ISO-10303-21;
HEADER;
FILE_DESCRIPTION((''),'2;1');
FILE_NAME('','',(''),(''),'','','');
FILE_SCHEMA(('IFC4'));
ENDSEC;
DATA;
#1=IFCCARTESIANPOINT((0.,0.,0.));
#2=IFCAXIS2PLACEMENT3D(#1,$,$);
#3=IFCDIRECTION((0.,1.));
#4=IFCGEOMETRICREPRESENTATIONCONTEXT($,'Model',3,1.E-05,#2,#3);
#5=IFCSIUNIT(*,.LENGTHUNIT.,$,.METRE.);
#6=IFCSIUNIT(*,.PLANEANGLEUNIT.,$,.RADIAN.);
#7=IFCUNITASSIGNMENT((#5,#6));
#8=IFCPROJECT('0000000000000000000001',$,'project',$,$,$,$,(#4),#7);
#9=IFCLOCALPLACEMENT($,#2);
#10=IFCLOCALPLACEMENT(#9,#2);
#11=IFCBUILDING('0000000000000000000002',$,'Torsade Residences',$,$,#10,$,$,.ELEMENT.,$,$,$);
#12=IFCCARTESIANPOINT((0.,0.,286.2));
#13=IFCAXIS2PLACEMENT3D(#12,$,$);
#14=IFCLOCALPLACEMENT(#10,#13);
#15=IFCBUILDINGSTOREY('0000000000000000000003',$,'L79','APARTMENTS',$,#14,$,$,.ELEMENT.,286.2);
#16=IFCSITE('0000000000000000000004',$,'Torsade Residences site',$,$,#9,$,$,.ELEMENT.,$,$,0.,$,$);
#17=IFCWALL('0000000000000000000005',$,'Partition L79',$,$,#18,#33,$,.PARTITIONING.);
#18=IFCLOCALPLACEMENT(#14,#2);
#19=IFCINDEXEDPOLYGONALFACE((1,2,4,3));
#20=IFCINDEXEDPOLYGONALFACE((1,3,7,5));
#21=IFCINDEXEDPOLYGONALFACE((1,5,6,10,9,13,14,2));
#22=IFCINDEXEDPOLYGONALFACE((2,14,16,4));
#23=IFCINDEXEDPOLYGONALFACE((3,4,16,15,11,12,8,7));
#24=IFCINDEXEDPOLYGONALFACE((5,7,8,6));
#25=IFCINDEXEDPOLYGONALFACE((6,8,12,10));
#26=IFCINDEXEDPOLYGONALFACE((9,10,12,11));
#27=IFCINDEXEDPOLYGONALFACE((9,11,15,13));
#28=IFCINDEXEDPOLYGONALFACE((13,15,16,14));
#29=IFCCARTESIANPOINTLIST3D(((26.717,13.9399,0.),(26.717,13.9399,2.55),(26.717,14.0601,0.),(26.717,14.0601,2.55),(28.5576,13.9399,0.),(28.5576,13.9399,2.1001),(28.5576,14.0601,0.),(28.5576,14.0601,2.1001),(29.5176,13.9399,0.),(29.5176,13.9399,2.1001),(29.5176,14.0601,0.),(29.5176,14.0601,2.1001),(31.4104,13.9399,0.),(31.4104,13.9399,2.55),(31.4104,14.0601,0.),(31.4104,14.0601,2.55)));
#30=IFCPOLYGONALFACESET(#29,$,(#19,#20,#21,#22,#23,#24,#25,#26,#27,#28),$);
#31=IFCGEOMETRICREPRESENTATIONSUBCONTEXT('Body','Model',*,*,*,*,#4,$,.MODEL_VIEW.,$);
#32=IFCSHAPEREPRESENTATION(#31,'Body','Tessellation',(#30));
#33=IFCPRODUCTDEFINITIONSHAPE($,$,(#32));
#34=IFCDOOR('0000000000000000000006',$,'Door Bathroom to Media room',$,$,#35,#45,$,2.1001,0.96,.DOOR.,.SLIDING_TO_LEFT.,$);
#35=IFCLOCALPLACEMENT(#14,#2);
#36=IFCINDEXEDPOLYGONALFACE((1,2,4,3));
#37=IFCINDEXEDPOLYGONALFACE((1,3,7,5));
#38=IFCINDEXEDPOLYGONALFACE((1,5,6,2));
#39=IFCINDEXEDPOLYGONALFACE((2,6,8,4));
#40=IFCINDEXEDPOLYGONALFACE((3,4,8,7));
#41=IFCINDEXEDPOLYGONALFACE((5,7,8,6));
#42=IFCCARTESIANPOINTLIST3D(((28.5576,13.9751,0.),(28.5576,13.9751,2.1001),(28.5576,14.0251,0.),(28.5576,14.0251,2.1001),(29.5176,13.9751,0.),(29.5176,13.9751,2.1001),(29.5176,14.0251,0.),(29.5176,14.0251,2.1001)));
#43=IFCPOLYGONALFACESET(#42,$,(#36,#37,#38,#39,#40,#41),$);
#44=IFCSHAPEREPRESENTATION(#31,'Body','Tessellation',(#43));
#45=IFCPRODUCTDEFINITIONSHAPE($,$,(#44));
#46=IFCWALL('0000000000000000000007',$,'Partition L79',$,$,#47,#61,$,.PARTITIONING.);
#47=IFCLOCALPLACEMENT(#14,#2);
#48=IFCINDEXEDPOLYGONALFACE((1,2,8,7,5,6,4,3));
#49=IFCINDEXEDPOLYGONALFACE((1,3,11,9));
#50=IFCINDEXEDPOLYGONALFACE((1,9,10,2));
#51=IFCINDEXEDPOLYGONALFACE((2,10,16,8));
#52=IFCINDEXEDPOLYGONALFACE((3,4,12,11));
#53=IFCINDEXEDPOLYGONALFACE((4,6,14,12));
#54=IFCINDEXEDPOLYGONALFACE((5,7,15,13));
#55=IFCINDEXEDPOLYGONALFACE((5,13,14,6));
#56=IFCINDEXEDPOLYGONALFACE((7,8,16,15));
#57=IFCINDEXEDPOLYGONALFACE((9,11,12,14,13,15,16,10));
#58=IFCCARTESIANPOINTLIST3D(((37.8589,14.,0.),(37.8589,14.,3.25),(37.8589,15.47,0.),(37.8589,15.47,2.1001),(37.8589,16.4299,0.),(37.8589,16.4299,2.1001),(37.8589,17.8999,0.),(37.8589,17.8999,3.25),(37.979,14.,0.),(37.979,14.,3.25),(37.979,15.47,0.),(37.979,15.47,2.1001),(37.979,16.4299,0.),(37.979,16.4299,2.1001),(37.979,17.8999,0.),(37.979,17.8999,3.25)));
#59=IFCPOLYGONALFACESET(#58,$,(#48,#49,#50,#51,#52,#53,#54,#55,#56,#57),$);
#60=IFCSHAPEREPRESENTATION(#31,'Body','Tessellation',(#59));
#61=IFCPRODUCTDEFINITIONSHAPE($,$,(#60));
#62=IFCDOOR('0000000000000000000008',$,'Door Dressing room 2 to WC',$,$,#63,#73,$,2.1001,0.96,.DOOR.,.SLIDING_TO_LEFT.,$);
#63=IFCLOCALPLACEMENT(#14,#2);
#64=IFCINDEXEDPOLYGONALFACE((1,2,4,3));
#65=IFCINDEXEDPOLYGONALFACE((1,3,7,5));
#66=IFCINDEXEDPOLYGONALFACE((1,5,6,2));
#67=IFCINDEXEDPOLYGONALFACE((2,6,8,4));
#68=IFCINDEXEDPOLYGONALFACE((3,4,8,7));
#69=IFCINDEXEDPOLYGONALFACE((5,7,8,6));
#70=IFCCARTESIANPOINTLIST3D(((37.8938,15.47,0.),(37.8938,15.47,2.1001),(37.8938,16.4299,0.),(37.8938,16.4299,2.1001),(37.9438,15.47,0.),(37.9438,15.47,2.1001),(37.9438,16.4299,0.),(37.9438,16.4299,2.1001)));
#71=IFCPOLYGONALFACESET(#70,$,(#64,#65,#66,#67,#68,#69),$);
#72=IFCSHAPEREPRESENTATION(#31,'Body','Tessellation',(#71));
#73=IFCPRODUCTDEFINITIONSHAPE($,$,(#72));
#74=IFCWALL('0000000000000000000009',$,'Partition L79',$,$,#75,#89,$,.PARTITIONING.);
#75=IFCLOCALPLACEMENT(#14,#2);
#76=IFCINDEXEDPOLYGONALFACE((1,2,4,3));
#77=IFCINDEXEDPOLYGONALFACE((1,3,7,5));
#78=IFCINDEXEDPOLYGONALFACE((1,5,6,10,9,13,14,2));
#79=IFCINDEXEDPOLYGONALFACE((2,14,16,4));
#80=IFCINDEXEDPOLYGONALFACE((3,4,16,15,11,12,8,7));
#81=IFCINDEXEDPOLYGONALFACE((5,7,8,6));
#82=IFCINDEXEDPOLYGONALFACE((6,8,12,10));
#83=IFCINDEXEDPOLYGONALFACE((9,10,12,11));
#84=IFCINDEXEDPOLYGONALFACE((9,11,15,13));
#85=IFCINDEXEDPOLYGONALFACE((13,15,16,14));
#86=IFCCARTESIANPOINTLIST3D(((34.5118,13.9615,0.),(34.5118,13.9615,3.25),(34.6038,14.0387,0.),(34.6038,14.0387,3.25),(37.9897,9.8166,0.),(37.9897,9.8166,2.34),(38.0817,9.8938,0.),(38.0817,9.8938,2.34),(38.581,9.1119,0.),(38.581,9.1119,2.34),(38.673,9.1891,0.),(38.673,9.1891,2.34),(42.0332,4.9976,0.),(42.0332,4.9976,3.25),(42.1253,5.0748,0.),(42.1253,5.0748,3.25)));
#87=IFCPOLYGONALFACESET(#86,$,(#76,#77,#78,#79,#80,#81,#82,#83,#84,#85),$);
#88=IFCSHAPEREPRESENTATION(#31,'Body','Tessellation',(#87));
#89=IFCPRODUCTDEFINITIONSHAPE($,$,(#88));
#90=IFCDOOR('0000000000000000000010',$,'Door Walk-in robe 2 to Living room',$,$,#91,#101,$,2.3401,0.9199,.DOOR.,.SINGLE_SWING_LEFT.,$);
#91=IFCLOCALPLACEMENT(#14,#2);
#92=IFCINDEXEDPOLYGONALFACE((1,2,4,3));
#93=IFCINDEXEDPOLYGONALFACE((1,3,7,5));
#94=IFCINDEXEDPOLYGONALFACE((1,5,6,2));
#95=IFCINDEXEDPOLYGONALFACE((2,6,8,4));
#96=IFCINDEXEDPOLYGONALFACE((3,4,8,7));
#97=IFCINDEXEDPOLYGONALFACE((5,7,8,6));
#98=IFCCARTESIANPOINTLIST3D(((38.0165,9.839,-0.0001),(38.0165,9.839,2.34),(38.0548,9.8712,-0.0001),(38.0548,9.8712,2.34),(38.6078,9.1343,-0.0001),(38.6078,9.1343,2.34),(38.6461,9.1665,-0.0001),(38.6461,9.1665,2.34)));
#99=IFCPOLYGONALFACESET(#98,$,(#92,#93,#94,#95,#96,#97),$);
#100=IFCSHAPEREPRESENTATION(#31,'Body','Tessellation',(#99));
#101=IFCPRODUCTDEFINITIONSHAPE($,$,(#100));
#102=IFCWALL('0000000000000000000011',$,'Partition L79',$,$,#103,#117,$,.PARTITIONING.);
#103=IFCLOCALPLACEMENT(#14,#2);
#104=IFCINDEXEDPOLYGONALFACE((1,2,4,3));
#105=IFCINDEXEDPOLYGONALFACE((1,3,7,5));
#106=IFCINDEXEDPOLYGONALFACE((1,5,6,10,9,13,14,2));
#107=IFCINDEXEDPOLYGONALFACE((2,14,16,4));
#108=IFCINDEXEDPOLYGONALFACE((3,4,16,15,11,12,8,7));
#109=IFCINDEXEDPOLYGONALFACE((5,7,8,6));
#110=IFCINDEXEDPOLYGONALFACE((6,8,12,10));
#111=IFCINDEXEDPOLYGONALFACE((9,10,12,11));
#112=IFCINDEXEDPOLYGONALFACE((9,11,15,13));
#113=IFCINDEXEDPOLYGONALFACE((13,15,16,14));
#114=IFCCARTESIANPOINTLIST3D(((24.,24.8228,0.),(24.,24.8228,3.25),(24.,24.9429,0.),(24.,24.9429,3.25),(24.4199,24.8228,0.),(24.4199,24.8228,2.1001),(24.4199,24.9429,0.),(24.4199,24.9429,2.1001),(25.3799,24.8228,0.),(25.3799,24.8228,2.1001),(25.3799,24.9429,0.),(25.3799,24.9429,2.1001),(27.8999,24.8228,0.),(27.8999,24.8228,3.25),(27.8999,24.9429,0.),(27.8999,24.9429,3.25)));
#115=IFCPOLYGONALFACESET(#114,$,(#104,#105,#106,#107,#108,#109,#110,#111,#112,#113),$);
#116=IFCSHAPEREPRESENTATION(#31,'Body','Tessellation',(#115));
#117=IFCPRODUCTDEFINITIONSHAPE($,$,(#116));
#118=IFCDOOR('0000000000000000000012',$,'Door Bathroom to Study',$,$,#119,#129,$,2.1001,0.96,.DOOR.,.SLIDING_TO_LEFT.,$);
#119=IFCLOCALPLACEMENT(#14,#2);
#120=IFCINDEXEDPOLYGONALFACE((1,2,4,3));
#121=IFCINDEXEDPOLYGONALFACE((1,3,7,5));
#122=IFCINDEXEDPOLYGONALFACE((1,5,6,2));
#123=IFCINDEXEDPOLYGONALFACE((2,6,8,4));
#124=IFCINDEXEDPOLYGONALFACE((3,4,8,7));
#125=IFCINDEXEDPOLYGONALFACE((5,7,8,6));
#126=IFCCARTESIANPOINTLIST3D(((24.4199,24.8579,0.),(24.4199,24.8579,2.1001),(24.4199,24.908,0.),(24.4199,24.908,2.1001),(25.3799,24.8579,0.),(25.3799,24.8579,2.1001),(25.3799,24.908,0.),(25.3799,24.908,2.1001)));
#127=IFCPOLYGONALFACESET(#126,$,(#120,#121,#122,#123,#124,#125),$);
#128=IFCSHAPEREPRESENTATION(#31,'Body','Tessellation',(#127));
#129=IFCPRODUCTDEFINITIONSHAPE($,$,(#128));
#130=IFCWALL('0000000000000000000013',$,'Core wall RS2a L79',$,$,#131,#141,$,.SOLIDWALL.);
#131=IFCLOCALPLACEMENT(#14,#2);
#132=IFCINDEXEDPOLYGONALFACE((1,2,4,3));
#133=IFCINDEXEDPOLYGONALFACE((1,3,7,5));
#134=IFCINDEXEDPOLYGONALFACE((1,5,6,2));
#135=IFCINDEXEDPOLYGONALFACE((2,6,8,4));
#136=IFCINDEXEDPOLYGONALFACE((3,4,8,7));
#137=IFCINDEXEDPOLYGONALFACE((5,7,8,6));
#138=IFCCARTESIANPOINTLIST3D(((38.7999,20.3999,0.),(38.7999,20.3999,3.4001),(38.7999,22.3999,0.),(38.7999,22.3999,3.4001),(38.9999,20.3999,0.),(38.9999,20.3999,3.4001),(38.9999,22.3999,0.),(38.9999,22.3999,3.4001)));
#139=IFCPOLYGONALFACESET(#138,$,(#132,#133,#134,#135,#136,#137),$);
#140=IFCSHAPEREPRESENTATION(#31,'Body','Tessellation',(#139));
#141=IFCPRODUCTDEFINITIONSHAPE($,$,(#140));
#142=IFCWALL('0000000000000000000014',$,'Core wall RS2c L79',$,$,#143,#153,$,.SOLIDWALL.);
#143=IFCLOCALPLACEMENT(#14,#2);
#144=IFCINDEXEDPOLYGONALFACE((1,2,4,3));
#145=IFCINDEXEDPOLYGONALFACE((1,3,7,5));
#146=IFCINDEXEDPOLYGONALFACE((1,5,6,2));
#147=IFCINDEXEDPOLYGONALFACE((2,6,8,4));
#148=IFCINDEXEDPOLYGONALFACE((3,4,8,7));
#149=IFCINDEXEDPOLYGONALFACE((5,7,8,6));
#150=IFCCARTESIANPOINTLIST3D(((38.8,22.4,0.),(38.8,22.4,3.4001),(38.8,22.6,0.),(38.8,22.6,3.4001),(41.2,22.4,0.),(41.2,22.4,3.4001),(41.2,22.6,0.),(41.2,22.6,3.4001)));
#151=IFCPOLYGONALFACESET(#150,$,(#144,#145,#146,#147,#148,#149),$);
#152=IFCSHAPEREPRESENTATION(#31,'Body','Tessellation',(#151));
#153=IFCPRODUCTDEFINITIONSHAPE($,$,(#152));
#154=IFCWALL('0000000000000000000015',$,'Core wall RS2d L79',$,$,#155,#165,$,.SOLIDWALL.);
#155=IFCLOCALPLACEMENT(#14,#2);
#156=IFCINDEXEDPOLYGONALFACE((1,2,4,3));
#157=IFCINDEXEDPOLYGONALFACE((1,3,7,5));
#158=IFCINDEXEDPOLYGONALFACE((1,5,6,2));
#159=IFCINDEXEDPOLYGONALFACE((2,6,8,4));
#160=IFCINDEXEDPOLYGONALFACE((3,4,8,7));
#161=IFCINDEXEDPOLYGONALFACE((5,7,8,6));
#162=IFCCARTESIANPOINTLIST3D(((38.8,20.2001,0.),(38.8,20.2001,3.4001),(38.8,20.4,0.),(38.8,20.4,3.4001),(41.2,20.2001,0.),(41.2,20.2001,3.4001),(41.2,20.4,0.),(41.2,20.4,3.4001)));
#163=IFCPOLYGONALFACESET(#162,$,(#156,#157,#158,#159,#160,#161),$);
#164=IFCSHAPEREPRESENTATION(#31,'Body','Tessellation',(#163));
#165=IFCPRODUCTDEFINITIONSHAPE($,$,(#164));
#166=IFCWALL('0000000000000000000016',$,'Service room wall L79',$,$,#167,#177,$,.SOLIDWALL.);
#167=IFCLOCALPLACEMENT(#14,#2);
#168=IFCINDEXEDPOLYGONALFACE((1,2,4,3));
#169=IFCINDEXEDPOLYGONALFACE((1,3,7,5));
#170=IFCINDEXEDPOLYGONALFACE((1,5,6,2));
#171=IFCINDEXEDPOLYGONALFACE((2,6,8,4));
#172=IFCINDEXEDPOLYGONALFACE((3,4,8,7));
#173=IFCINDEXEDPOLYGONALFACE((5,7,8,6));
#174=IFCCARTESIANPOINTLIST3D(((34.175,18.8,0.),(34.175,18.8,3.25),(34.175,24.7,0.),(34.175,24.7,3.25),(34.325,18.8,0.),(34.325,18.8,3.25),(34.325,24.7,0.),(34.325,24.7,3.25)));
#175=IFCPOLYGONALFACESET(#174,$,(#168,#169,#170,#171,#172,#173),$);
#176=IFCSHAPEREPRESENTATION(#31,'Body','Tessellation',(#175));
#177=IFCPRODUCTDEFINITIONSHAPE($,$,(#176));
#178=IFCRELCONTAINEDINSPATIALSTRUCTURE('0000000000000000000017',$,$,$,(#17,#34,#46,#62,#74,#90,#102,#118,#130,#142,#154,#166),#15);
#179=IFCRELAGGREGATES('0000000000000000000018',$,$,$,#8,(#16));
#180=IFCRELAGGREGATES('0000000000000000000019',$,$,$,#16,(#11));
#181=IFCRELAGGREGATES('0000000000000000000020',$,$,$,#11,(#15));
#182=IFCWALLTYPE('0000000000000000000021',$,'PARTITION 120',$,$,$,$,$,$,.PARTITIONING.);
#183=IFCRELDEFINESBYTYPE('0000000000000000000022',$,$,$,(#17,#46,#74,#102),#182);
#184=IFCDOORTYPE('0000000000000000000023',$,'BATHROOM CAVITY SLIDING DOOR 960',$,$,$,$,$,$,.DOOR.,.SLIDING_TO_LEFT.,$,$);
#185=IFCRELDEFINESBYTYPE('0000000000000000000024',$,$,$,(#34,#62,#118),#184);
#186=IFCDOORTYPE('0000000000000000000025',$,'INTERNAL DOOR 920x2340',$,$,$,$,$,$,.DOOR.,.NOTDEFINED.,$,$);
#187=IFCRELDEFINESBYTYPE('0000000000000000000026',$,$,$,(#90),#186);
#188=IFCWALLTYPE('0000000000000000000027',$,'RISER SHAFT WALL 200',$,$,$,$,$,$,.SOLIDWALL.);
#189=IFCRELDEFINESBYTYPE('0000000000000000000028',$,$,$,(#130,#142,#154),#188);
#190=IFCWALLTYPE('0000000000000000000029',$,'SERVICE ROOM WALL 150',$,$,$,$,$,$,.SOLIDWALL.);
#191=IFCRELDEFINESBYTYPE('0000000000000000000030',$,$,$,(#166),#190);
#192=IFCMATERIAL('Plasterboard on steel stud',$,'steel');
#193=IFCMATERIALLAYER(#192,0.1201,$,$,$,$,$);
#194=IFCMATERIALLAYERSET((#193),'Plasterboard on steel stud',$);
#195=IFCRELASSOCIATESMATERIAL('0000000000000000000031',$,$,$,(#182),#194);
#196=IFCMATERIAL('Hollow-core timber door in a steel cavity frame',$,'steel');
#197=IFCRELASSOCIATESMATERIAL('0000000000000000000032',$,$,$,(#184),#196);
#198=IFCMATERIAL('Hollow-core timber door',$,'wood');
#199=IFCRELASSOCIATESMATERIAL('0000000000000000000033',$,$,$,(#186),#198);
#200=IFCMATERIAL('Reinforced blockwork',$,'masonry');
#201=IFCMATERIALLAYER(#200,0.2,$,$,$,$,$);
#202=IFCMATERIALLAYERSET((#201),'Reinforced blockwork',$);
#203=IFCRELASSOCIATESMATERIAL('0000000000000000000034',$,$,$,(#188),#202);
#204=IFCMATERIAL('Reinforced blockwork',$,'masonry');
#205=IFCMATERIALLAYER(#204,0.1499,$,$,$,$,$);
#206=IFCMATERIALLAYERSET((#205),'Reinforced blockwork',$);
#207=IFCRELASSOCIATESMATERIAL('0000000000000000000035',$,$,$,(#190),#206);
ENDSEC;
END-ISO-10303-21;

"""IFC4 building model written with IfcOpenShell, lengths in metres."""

from ifc_helpers import new_model, si_unit, direction, frame, frame_2d, origin, place, context, subcontext, project, spatial, rectangle, extrude, material, layer, layer_set, type_object, element, fill, save


model = new_model("IFC4")

# Units and contexts
model_context = context("Model", 3, precision=1e-05, world=origin(), true_north=direction((0.0, 1.0)))
body_context = subcontext(model_context, "Body", "Model", "MODEL_VIEW")
ifc_project = project(units=[si_unit("LENGTHUNIT", "METRE"), si_unit("PLANEANGLEUNIT", "RADIAN")], contexts=[model_context])

# Site, building, storey
site_placement = place(None, origin())
site = spatial("IfcSite", under=ifc_project, at=site_placement, Name="Torsade Residences site", CompositionType="ELEMENT", RefElevation=0.0)
building_placement = place(site_placement, origin())
building = spatial("IfcBuilding", under=site, at=building_placement, Name="Torsade Residences", CompositionType="ELEMENT")
storey_placement = place(building_placement, frame((0.0, 0.0, 286.2)))
storey = spatial("IfcBuildingStorey", under=building, at=storey_placement, Name="L79", Description="APARTMENTS", CompositionType="ELEMENT", Elevation=286.2)

# Walls, openings, doors
ifc_material_1 = material(Name="Plasterboard on steel stud", Category="steel")
ifc_layer_1 = layer(ifc_material_1, 0.1201)
ifc_layer_set_1 = layer_set([ifc_layer_1], Name="Plasterboard on steel stud")
wall_type_1 = type_object("IfcWallType", Name="PARTITION 120", PredefinedType="PARTITIONING", material=ifc_layer_set_1)
wall_1_placement = place(storey_placement, frame((31.4104, 14.0, 0.0), z_axis=(0.0, 0.0, 1.0), x_axis=(-1.0, 0.0, 0.0)))
wall_1 = element("IfcWall", 1, at=wall_1_placement, inside=storey, type_object=wall_type_1, Name="Partition L79", PredefinedType="PARTITIONING", context=body_context, shape_type="SweptSolid", body=[
    extrude(rectangle(XDim=4.6934, YDim=0.1201, at=frame_2d((2.3467, 0.0))), origin(), (0.0, 0.0, 1.0), 2.55),
])
opening_1_placement = place(wall_1_placement, frame((1.8928, 0.0, 0.0)))
opening_1 = element("IfcOpeningElement", 2, at=opening_1_placement, cuts=wall_1, PredefinedType="OPENING", context=body_context, shape_type="SweptSolid", body=[
    extrude(rectangle(XDim=0.96, YDim=2.1001, at=frame_2d((0.48, 1.05))), frame((0.0, 0.0701, 0.0), z_axis=(0.0, -1.0, 0.0), x_axis=(1.0, 0.0, 0.0)), (0.0, 0.0, 1.0), 0.1401),
])
ifc_material_2 = material(Name="Hollow-core timber door in a steel cavity frame", Category="steel")
door_type_1 = type_object("IfcDoorType", Name="BATHROOM CAVITY SLIDING DOOR 960", OperationType="SLIDING_TO_LEFT", PredefinedType="DOOR", material=ifc_material_2)
door_1_placement = place(opening_1_placement, origin())
door_1 = element("IfcDoor", 3, at=door_1_placement, inside=storey, type_object=door_type_1, Name="Door Bathroom to Media room", OperationType="SLIDING_TO_LEFT", OverallHeight=2.1001, OverallWidth=0.96, PredefinedType="DOOR", context=body_context, shape_type="SweptSolid", body=[
    extrude(rectangle(XDim=0.96, YDim=2.1001, at=frame_2d((0.48, 1.05))), frame((0.0, 0.0249, 0.0), z_axis=(0.0, -1.0, 0.0), x_axis=(1.0, 0.0, 0.0)), (0.0, 0.0, 1.0), 0.05),
])
fill(opening_1, door_1)
wall_2_placement = place(storey_placement, frame((37.9189, 17.8999, 0.0), z_axis=(0.0, 0.0, 1.0), x_axis=(0.0, -1.0, 0.0)))
wall_2 = element("IfcWall", 4, at=wall_2_placement, inside=storey, type_object=wall_type_1, Name="Partition L79", PredefinedType="PARTITIONING", context=body_context, shape_type="SweptSolid", body=[
    extrude(rectangle(XDim=3.8999, YDim=0.1201, at=frame_2d((1.95, 0.0))), origin(), (0.0, 0.0, 1.0), 3.25),
])
opening_2_placement = place(wall_2_placement, frame((1.47, 0.0, 0.0)))
opening_2 = element("IfcOpeningElement", 5, at=opening_2_placement, cuts=wall_2, PredefinedType="OPENING", context=body_context, shape_type="SweptSolid", body=[
    extrude(rectangle(XDim=0.96, YDim=2.1001, at=frame_2d((0.48, 1.05))), frame((0.0, 0.0701, 0.0), z_axis=(0.0, -1.0, 0.0), x_axis=(1.0, 0.0, 0.0)), (0.0, 0.0, 1.0), 0.1401),
])
door_2_placement = place(opening_2_placement, origin())
door_2 = element("IfcDoor", 6, at=door_2_placement, inside=storey, type_object=door_type_1, Name="Door Dressing room 2 to WC", OperationType="SLIDING_TO_LEFT", OverallHeight=2.1001, OverallWidth=0.96, PredefinedType="DOOR", context=body_context, shape_type="SweptSolid", body=[
    extrude(rectangle(XDim=0.96, YDim=2.1001, at=frame_2d((0.48, 1.05))), frame((0.0, 0.0249, 0.0), z_axis=(0.0, -1.0, 0.0), x_axis=(1.0, 0.0, 0.0)), (0.0, 0.0, 1.0), 0.05),
])
fill(opening_2, door_2)
wall_3_placement = place(storey_placement, frame((34.5579, 14.0, 0.0), z_axis=(0.0, 0.0, 1.0), x_axis=(0.642783, -0.766048, 0.0)))
wall_3 = element("IfcWall", 7, at=wall_3_placement, inside=storey, type_object=wall_type_1, Name="Partition L79", PredefinedType="PARTITIONING", context=body_context, shape_type="SweptSolid", body=[
    extrude(rectangle(XDim=11.7014, YDim=0.1201, at=frame_2d((5.8506, 0.0))), origin(), (0.0, 0.0, 1.0), 3.25),
])
opening_3_placement = place(wall_3_placement, frame((5.4106, 0.0, 0.0)))
opening_3 = element("IfcOpeningElement", 8, at=opening_3_placement, cuts=wall_3, PredefinedType="OPENING", context=body_context, shape_type="SweptSolid", body=[
    extrude(rectangle(XDim=0.9199, YDim=2.3401, at=frame_2d((0.46, 1.1699))), frame((0.0, 0.0701, 0.0), z_axis=(0.0, -1.0, 0.0), x_axis=(1.0, 0.0, 0.0)), (0.0, 0.0, 1.0), 0.1401),
])
ifc_material_3 = material(Name="Hollow-core timber door", Category="wood")
door_type_2 = type_object("IfcDoorType", Name="INTERNAL DOOR 920x2340", OperationType="NOTDEFINED", PredefinedType="DOOR", material=ifc_material_3)
door_3_placement = place(opening_3_placement, origin())
door_3 = element("IfcDoor", 9, at=door_3_placement, inside=storey, type_object=door_type_2, Name="Door Walk-in robe 2 to Living room", OperationType="SINGLE_SWING_LEFT", OverallHeight=2.3401, OverallWidth=0.9199, PredefinedType="DOOR", context=body_context, shape_type="SweptSolid", body=[
    extrude(rectangle(XDim=0.9199, YDim=2.3401, at=frame_2d((0.46, 1.1699))), frame((0.0, 0.0249, 0.0), z_axis=(0.0, -1.0, 0.0), x_axis=(1.0, 0.0, 0.0)), (0.0, 0.0, 1.0), 0.05),
])
fill(opening_3, door_3)
wall_4_placement = place(storey_placement, frame((27.8999, 24.8828, 0.0), z_axis=(0.0, 0.0, 1.0), x_axis=(-1.0, 0.0, 0.0)))
wall_4 = element("IfcWall", 10, at=wall_4_placement, inside=storey, type_object=wall_type_1, Name="Partition L79", PredefinedType="PARTITIONING", context=body_context, shape_type="SweptSolid", body=[
    extrude(rectangle(XDim=3.8999, YDim=0.1201, at=frame_2d((1.95, 0.0))), origin(), (0.0, 0.0, 1.0), 3.25),
])
opening_4_placement = place(wall_4_placement, frame((2.52, 0.0, 0.0)))
opening_4 = element("IfcOpeningElement", 11, at=opening_4_placement, cuts=wall_4, PredefinedType="OPENING", context=body_context, shape_type="SweptSolid", body=[
    extrude(rectangle(XDim=0.96, YDim=2.1001, at=frame_2d((0.48, 1.05))), frame((0.0, 0.0701, 0.0), z_axis=(0.0, -1.0, 0.0), x_axis=(1.0, 0.0, 0.0)), (0.0, 0.0, 1.0), 0.1401),
])
door_4_placement = place(opening_4_placement, origin())
door_4 = element("IfcDoor", 12, at=door_4_placement, inside=storey, type_object=door_type_1, Name="Door Bathroom to Study", OperationType="SLIDING_TO_LEFT", OverallHeight=2.1001, OverallWidth=0.96, PredefinedType="DOOR", context=body_context, shape_type="SweptSolid", body=[
    extrude(rectangle(XDim=0.96, YDim=2.1001, at=frame_2d((0.48, 1.05))), frame((0.0, 0.0249, 0.0), z_axis=(0.0, -1.0, 0.0), x_axis=(1.0, 0.0, 0.0)), (0.0, 0.0, 1.0), 0.05),
])
fill(opening_4, door_4)

# Walls
ifc_material_4 = material(Name="Reinforced blockwork", Category="masonry")
ifc_layer_2 = layer(ifc_material_4, 0.2)
ifc_layer_set_2 = layer_set([ifc_layer_2], Name="Reinforced blockwork")
wall_type_2 = type_object("IfcWallType", Name="RISER SHAFT WALL 200", PredefinedType="SOLIDWALL", material=ifc_layer_set_2)
wall_5_placement = place(storey_placement, frame((38.8999, 22.3999, 0.0), z_axis=(0.0, 0.0, 1.0), x_axis=(0.0, -1.0, 0.0)))
element("IfcWall", 13, at=wall_5_placement, inside=storey, type_object=wall_type_2, Name="Core wall RS2a L79", PredefinedType="SOLIDWALL", context=body_context, shape_type="SweptSolid", body=[
    extrude(rectangle(XDim=2.0, YDim=0.2, at=frame_2d((1.0, 0.0))), origin(), (0.0, 0.0, 1.0), 3.4001),
])
for number, where, z_axis, x_axis, name in (
    (14, (38.8, 22.5, 0.0), (0.0, 0.0, 1.0), (1.0, 0.0, 0.0), "Core wall RS2c L79"),
    (15, (38.8, 20.3, 0.0), (0.0, 0.0, 1.0), (1.0, 0.0, 0.0), "Core wall RS2d L79"),
):
    element("IfcWall", number, at=place(storey_placement, frame(where, z_axis=z_axis, x_axis=x_axis)), inside=storey, type_object=wall_type_2, Name=name, PredefinedType="SOLIDWALL", context=body_context, shape_type="SweptSolid", body=[
        extrude(rectangle(XDim=2.3999, YDim=0.2, at=frame_2d((1.2, 0.0))), origin(), (0.0, 0.0, 1.0), 3.4001),
    ])
ifc_material_5 = material(Name="Reinforced blockwork", Category="masonry")
ifc_layer_3 = layer(ifc_material_5, 0.1499)
ifc_layer_set_3 = layer_set([ifc_layer_3], Name="Reinforced blockwork")
wall_type_3 = type_object("IfcWallType", Name="SERVICE ROOM WALL 150", PredefinedType="SOLIDWALL", material=ifc_layer_set_3)
wall_6_placement = place(storey_placement, frame((34.25, 18.8, 0.0), z_axis=(0.0, 0.0, 1.0), x_axis=(0.0, 1.0, 0.0)))
element("IfcWall", 16, at=wall_6_placement, inside=storey, type_object=wall_type_3, Name="Service room wall L79", PredefinedType="SOLIDWALL", context=body_context, shape_type="SweptSolid", body=[
    extrude(rectangle(XDim=5.8999, YDim=0.1499, at=frame_2d((2.95, 0.0))), origin(), (0.0, 0.0, 1.0), 3.25),
])

save(model, "model.ifc")
